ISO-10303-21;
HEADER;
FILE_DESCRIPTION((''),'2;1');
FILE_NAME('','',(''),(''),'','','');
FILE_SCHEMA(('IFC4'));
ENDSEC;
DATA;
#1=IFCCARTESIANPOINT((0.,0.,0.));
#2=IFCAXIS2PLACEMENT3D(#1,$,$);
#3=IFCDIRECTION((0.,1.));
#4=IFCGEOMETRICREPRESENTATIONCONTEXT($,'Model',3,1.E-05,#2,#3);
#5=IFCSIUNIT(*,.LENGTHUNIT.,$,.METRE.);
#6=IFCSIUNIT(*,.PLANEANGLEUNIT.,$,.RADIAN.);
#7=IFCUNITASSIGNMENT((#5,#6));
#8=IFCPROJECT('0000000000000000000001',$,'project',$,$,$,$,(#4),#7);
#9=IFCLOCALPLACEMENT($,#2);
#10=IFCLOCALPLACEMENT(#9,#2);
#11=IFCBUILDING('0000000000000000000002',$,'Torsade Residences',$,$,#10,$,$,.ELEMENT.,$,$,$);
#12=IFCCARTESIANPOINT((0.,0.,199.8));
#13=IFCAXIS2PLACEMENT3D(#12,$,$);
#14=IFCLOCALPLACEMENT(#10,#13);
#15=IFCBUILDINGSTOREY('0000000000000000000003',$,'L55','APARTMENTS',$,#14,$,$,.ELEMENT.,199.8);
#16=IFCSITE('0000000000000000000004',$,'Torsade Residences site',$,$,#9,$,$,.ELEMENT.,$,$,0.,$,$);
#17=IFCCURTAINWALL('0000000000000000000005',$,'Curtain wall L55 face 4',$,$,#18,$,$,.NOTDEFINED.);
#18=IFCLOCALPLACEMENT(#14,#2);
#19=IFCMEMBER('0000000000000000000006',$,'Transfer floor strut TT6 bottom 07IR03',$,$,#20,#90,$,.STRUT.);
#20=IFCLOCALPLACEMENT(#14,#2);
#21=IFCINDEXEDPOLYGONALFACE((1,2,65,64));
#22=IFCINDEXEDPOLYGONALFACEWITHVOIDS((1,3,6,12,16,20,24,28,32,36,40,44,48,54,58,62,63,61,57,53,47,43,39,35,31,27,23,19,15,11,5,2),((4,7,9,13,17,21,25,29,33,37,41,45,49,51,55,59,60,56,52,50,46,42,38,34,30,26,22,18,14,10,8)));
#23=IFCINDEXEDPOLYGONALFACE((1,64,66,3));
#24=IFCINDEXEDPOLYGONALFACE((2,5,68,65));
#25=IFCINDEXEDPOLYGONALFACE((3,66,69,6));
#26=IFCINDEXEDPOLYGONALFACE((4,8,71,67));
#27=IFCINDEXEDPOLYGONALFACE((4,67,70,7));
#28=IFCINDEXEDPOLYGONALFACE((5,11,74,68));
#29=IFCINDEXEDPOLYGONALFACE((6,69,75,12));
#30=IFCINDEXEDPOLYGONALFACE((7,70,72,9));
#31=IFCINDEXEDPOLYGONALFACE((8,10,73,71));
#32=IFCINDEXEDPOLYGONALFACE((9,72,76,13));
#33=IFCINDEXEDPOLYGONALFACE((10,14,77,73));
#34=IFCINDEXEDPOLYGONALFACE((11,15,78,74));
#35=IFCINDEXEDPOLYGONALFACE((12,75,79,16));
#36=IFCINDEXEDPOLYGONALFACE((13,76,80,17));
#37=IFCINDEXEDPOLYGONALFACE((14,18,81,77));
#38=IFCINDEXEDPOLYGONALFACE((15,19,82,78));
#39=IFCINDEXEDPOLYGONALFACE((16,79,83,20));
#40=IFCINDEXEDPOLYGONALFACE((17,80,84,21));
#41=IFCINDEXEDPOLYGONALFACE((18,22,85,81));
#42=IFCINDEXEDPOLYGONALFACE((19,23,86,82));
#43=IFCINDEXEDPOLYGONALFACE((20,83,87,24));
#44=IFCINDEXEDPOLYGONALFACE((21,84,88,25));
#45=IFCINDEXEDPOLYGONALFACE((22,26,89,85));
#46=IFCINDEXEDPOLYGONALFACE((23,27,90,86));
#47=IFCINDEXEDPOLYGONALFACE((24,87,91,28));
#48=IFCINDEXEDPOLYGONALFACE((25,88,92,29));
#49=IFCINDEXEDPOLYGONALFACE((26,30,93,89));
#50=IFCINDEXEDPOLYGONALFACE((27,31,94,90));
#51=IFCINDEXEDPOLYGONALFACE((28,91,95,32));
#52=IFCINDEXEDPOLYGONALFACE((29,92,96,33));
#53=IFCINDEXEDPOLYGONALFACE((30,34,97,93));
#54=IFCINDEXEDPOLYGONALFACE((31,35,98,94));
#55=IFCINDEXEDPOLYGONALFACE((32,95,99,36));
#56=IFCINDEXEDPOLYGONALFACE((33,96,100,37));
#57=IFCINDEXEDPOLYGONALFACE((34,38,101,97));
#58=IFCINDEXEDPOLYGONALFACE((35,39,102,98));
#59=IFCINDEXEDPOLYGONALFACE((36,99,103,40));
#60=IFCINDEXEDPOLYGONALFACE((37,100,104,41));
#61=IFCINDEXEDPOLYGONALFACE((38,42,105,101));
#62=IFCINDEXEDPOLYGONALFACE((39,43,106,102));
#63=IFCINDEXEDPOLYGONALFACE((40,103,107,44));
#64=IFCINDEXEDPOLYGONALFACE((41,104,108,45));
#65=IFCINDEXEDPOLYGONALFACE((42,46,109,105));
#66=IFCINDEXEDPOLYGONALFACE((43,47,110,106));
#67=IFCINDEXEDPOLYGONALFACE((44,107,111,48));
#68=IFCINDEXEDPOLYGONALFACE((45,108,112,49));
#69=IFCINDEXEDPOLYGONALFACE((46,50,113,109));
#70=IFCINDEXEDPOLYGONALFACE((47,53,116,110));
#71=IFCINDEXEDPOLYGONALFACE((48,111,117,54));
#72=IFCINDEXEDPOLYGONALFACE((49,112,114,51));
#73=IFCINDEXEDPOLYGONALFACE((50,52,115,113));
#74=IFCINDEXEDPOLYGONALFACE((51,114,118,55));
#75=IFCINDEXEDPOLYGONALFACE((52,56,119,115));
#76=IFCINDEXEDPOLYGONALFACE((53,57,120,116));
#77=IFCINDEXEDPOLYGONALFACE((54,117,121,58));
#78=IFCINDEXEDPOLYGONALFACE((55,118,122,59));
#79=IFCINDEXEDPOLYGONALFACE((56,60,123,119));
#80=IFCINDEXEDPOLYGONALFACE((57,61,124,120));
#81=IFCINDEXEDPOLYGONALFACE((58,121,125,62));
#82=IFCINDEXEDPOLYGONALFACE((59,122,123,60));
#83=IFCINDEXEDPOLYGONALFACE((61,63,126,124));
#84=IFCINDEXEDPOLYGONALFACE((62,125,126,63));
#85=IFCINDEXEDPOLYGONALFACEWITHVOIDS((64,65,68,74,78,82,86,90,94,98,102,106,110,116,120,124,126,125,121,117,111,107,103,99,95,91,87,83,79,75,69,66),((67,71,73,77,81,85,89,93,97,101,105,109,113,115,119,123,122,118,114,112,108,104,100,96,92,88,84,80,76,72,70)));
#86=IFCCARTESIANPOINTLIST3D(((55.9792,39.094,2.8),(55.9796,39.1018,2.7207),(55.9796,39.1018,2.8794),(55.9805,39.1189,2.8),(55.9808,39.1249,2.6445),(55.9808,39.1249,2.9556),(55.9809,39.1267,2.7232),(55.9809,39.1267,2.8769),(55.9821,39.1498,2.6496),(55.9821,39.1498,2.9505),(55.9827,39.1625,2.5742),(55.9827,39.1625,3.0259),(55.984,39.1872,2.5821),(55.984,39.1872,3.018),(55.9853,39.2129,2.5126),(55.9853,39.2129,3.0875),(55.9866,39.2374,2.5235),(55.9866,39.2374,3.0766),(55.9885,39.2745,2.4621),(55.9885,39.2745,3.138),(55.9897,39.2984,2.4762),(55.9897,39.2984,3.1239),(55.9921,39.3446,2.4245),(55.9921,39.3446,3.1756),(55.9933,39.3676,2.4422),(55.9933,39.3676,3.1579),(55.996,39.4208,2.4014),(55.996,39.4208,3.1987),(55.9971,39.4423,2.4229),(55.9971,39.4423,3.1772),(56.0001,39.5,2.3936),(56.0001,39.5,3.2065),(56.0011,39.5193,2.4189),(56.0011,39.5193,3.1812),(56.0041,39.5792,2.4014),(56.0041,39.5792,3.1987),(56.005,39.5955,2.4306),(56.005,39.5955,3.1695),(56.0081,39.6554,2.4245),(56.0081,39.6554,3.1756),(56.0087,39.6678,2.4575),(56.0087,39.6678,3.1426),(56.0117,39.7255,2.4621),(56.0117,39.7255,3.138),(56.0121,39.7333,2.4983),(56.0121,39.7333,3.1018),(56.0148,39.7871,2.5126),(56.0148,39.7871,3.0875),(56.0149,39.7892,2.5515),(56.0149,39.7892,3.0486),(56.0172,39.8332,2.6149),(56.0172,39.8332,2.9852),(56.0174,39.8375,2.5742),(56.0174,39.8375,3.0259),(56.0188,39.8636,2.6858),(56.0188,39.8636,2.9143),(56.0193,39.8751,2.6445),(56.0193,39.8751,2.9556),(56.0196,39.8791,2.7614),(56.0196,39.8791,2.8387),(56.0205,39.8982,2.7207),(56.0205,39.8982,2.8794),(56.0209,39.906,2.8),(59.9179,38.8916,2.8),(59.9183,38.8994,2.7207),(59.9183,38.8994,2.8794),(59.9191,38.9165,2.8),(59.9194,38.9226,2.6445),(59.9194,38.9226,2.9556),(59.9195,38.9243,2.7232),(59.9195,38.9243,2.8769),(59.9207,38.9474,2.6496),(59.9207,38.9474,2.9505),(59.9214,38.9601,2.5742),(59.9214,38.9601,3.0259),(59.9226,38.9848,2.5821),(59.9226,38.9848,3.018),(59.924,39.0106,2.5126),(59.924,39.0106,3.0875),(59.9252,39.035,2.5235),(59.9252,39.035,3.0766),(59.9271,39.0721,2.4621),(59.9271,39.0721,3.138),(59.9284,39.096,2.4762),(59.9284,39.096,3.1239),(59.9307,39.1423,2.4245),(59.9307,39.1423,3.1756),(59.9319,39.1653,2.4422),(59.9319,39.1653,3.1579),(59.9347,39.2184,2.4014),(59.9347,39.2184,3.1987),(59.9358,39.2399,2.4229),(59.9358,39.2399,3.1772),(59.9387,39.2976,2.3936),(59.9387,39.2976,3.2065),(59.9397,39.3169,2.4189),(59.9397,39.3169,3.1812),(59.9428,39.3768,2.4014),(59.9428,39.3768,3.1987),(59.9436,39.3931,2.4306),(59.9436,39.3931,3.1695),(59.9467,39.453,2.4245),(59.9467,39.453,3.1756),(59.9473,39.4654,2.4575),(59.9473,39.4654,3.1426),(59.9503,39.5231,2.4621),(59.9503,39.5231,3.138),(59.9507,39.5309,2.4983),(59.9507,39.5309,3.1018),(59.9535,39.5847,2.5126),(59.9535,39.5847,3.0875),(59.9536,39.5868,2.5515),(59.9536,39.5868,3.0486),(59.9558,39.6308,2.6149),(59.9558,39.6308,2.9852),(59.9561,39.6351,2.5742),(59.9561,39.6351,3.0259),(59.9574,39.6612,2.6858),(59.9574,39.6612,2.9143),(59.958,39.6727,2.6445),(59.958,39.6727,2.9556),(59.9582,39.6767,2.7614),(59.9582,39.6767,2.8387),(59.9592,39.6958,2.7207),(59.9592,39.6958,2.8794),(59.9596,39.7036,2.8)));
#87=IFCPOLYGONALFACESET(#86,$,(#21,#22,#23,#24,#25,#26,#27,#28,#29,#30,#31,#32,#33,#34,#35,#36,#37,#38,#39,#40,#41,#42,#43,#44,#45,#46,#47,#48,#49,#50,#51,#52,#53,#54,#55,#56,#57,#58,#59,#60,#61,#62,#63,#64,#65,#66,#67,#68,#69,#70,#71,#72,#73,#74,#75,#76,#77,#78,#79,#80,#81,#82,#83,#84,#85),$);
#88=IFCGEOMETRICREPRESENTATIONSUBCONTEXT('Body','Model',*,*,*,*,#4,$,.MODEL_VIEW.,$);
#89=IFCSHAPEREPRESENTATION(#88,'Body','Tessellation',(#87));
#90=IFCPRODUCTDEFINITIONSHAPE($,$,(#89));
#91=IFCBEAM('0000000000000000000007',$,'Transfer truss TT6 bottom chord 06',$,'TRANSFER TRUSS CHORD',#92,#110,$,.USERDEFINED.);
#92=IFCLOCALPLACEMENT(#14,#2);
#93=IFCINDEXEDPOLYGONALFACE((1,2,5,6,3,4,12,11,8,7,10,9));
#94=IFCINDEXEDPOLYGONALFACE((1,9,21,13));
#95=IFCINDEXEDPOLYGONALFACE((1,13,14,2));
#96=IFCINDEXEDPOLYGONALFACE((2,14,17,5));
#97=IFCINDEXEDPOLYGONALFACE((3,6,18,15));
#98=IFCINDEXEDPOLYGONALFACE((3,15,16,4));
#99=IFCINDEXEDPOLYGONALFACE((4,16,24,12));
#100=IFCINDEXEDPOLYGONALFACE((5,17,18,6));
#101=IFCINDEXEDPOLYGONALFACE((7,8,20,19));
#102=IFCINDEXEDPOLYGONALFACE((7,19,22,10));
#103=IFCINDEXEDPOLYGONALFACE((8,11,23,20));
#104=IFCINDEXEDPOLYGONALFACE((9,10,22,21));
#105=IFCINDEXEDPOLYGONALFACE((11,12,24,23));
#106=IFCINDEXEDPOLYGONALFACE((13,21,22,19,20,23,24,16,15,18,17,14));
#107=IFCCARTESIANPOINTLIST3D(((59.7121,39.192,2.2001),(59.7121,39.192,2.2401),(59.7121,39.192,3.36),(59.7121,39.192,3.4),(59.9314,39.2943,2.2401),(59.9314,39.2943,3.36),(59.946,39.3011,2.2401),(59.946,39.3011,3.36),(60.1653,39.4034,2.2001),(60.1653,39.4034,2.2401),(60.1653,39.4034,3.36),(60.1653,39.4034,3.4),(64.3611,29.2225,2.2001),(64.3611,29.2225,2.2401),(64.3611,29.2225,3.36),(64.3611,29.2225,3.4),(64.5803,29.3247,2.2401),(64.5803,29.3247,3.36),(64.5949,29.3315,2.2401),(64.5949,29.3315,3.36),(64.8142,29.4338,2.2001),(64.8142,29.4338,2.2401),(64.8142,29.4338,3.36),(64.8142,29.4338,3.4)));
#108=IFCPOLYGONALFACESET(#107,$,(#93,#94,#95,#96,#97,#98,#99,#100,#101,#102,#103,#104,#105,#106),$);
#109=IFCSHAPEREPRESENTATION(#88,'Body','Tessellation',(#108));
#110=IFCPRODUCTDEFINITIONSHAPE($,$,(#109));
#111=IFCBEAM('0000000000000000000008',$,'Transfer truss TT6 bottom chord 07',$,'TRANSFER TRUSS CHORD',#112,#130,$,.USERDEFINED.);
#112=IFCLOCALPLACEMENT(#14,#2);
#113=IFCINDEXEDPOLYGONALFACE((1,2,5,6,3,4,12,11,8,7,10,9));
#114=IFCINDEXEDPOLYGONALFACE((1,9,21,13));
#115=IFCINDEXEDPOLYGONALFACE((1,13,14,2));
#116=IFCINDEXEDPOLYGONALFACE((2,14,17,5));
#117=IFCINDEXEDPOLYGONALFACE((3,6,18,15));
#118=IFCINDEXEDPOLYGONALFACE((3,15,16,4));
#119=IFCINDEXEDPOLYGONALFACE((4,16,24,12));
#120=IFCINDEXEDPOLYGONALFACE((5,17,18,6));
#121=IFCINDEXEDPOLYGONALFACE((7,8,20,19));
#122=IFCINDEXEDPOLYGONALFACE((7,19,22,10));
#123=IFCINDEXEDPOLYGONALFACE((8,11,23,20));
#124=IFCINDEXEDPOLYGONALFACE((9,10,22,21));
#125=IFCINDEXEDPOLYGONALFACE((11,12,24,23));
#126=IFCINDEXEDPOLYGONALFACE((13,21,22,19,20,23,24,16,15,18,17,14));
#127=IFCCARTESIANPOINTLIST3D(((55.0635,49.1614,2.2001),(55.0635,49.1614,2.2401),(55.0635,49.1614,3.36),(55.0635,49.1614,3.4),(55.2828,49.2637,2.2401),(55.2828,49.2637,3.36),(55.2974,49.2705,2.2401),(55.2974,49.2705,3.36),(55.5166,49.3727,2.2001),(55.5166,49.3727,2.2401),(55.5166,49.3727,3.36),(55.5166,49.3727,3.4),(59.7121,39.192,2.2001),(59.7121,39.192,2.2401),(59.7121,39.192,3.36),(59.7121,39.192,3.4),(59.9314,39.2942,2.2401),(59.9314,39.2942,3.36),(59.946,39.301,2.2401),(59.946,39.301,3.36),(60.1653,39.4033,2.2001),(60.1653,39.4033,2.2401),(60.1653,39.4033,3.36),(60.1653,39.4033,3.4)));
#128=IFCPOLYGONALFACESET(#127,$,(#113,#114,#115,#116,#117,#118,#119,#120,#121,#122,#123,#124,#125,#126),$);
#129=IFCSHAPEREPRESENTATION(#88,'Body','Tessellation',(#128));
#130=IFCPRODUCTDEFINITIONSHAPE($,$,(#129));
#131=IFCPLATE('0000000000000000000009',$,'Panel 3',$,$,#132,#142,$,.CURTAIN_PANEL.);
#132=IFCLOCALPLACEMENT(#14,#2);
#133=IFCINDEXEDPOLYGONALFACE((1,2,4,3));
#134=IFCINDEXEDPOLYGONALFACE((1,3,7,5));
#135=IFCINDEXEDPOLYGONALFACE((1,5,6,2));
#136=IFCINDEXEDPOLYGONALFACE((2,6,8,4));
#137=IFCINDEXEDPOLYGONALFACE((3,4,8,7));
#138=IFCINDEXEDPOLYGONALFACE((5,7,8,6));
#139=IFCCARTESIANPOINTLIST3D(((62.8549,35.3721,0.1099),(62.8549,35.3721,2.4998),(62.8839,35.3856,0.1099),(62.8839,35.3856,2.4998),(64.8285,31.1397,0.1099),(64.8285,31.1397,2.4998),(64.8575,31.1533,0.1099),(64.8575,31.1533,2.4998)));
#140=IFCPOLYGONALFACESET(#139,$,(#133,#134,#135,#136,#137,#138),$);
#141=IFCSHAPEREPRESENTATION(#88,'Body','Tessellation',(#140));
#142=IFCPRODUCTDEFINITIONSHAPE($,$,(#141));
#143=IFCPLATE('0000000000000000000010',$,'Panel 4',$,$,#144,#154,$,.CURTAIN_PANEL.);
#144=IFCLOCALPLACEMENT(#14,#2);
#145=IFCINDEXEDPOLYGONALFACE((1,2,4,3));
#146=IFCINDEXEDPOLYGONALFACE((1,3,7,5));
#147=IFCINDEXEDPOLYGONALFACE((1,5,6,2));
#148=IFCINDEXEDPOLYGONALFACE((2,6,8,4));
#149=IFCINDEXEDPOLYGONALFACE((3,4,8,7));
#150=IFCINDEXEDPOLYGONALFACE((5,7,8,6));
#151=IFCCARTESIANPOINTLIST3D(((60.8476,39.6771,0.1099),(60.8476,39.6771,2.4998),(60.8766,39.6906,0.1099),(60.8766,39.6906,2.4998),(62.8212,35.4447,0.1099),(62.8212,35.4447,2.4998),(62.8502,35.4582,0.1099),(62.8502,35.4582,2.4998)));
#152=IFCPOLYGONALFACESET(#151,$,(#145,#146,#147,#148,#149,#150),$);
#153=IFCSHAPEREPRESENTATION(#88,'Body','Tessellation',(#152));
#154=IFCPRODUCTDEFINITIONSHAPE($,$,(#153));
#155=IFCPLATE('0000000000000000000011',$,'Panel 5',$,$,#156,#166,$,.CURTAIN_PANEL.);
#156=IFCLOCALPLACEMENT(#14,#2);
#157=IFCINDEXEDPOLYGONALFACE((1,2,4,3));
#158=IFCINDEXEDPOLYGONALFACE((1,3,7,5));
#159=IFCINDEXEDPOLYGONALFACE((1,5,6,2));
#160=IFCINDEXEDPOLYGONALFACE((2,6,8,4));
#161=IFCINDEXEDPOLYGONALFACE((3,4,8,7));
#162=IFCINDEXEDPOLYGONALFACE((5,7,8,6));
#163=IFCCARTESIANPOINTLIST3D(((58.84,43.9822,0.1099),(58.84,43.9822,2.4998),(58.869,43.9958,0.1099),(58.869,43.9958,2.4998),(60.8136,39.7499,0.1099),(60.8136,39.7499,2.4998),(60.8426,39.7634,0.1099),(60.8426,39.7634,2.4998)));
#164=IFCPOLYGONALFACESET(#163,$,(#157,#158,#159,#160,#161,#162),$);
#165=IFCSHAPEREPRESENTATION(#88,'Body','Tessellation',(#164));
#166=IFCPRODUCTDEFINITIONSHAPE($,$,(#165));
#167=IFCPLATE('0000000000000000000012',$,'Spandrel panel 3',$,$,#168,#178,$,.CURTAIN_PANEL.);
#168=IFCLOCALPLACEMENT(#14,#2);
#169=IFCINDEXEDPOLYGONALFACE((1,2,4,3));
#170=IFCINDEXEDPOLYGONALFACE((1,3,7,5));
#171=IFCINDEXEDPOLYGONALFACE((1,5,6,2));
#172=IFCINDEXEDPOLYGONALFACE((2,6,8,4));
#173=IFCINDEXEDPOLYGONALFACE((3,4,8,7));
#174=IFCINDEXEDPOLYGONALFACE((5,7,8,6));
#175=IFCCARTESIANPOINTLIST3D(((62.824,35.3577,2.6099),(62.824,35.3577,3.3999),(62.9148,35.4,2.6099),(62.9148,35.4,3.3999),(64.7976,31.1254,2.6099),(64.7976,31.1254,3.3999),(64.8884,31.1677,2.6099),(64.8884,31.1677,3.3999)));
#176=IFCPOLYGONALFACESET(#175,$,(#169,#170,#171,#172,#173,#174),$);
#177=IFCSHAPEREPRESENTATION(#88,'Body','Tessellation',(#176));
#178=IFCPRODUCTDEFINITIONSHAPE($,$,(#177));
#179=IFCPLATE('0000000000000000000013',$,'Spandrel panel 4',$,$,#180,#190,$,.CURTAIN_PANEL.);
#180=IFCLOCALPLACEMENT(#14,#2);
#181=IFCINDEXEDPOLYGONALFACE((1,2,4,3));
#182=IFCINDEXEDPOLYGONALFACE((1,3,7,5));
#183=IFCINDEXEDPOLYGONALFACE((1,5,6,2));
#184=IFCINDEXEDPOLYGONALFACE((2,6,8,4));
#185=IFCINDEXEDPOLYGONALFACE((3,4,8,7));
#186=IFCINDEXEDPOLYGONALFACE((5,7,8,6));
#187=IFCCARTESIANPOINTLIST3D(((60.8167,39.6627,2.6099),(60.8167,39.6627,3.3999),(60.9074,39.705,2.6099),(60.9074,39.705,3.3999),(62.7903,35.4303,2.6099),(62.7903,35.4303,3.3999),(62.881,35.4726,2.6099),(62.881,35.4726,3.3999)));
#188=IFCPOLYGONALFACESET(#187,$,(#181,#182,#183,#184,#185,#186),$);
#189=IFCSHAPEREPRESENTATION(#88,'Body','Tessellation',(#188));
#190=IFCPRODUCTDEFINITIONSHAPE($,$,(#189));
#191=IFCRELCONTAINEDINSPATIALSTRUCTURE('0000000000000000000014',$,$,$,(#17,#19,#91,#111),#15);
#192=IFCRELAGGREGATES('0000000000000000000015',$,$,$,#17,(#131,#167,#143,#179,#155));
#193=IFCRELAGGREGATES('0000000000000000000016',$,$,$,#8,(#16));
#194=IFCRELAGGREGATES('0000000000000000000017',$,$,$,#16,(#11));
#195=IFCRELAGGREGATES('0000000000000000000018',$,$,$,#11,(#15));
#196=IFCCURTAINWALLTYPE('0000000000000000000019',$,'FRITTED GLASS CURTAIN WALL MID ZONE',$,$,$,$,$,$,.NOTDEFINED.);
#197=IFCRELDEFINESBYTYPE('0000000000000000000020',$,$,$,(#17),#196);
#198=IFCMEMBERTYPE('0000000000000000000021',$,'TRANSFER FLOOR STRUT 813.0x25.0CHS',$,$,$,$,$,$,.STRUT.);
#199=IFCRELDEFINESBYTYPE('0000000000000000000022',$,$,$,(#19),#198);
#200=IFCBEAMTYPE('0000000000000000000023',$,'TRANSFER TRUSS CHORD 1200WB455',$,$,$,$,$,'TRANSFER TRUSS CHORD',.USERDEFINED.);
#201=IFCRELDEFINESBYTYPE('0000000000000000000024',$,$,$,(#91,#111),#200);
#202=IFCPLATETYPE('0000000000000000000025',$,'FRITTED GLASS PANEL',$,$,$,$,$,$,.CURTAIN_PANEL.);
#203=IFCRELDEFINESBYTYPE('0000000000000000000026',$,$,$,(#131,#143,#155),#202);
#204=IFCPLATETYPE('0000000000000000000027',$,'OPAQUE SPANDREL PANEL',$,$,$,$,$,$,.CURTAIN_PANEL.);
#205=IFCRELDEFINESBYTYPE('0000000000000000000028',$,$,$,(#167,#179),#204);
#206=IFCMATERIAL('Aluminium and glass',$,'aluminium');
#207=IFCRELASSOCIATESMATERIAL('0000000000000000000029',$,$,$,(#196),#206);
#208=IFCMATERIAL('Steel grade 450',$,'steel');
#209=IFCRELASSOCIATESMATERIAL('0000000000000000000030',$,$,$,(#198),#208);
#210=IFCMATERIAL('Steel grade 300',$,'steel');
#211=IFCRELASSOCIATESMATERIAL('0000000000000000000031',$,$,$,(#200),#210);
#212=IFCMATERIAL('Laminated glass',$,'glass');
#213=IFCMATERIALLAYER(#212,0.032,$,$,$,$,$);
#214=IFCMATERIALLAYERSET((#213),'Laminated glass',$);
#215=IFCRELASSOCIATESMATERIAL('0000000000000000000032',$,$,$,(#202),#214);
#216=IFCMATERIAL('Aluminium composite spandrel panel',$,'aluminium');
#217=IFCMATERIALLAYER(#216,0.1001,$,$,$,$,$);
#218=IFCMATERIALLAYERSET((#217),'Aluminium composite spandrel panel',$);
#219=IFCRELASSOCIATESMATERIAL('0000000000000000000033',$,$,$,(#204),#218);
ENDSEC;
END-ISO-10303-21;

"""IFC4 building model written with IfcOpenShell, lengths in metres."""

from ifc_helpers import new_model, si_unit, direction, frame, origin, origin_2d, place, context, subcontext, project, spatial, rectangle, hollow_circle, i_section, extrude, material, layer, layer_set, material_profile, profile_set, type_object, element, aggregate, save


model = new_model("IFC4")

# Units and contexts
model_context = context("Model", 3, precision=1e-05, world=origin(), true_north=direction((0.0, 1.0)))
body_context = subcontext(model_context, "Body", "Model", "MODEL_VIEW")
ifc_project = project(units=[si_unit("LENGTHUNIT", "METRE"), si_unit("PLANEANGLEUNIT", "RADIAN")], contexts=[model_context])

# Site, building, storey
site_placement = place(None, origin())
site = spatial("IfcSite", under=ifc_project, at=site_placement, Name="Torsade Residences site", CompositionType="ELEMENT", RefElevation=0.0)
building_placement = place(site_placement, origin())
building = spatial("IfcBuilding", under=site, at=building_placement, Name="Torsade Residences", CompositionType="ELEMENT")
storey_placement = place(building_placement, frame((0.0, 0.0, 199.8)))
storey = spatial("IfcBuildingStorey", under=building, at=storey_placement, Name="L55", Description="APARTMENTS", CompositionType="ELEMENT", Elevation=199.8)

# Curtain wall
ifc_material_1 = material(Name="Aluminium and glass", Category="aluminium")
curtain_wall_type = type_object("IfcCurtainWallType", Name="FRITTED GLASS CURTAIN WALL MID ZONE", PredefinedType="NOTDEFINED", material=ifc_material_1)
curtain_wall_placement = place(storey_placement, origin())
curtain_wall = element("IfcCurtainWall", 1, at=curtain_wall_placement, inside=storey, type_object=curtain_wall_type, Name="Curtain wall L55 face 4", PredefinedType="NOTDEFINED")

# Member
ifc_material_2 = material(Name="Steel grade 450", Category="steel")
ifc_material_profile_1 = material_profile(ifc_material_2, hollow_circle(Radius=0.4065, WallThickness=0.0249, at=origin_2d()), Name="813.0x25.0CHS")
ifc_profile_set_1 = profile_set([ifc_material_profile_1], Name="Steel grade 450")
member_type_1 = type_object("IfcMemberType", Name="TRANSFER FLOOR STRUT 813.0x25.0CHS", PredefinedType="STRUT", material=ifc_profile_set_1)
member_1_placement = place(storey_placement, frame((59.9387, 39.2976, 2.8), z_axis=(-0.998682, 0.051318, 0.0), x_axis=(-0.051318, -0.998682, 0.0)))
element("IfcMember", 2, at=member_1_placement, inside=storey, type_object=member_type_1, Name="Transfer floor strut TT6 bottom 07IR03", PredefinedType="STRUT", context=body_context, shape_type="SweptSolid", body=[
    extrude(hollow_circle(Radius=0.4065, WallThickness=0.0249, at=origin_2d()), origin(), (0.0, 0.0, 1.0), 3.9438),
])

# Beams
ifc_material_3 = material(Name="Steel grade 300", Category="steel")
ifc_material_profile_2 = material_profile(ifc_material_3, i_section(OverallWidth=0.5, OverallDepth=1.2, WebThickness=0.0161, FlangeThickness=0.04, at=origin_2d()), Name="1200WB455")
ifc_profile_set_2 = profile_set([ifc_material_profile_2], Name="Steel grade 300")
beam_type_1 = type_object("IfcBeamType", Name="TRANSFER TRUSS CHORD 1200WB455", ElementType="TRANSFER TRUSS CHORD", PredefinedType="USERDEFINED", material=ifc_profile_set_2)
beam_1_placement = place(storey_placement, frame((64.5876, 29.3281, 2.8), z_axis=(-0.422624, 0.906305, 0.0), x_axis=(-0.906305, -0.422624, 0.0)))
element("IfcBeam", 3, at=beam_1_placement, inside=storey, type_object=beam_type_1, Name="Transfer truss TT6 bottom chord 06", ObjectType="TRANSFER TRUSS CHORD", PredefinedType="USERDEFINED", context=body_context, shape_type="SweptSolid", body=[
    extrude(i_section(OverallWidth=0.5, OverallDepth=1.2, WebThickness=0.0161, FlangeThickness=0.04, at=origin_2d()), origin(), (0.0, 0.0, 1.0), 11.0002),
])
beam_2_placement = place(storey_placement, frame((59.9387, 39.2976, 2.8), z_axis=(-0.422606, 0.906314, 0.0), x_axis=(-0.906314, -0.422606, 0.0)))
element("IfcBeam", 4, at=beam_2_placement, inside=storey, type_object=beam_type_1, Name="Transfer truss TT6 bottom chord 07", ObjectType="TRANSFER TRUSS CHORD", PredefinedType="USERDEFINED", context=body_context, shape_type="SweptSolid", body=[
    extrude(i_section(OverallWidth=0.5, OverallDepth=1.2, WebThickness=0.0161, FlangeThickness=0.04, at=origin_2d()), origin(), (0.0, 0.0, 1.0), 11.0),
])

# Plates
ifc_material_4 = material(Name="Laminated glass", Category="glass")
ifc_layer_1 = layer(ifc_material_4, 0.032)
ifc_layer_set_1 = layer_set([ifc_layer_1], Name="Laminated glass")
plate_type_1 = type_object("IfcPlateType", Name="FRITTED GLASS PANEL", PredefinedType="CURTAIN_PANEL", material=ifc_layer_set_1)
plate_1_placement = place(storey_placement, frame((63.8562, 33.2627, 0.1099), z_axis=(0.0, 0.0, 1.0), x_axis=(-0.422618, 0.906308, 0.0)))
plate_1 = element("IfcPlate", 5, at=plate_1_placement, type_object=plate_type_1, Name="Panel 3", PredefinedType="CURTAIN_PANEL", context=body_context, shape_type="SweptSolid", body=[
    extrude(rectangle(XDim=4.6699, YDim=0.032, at=origin_2d()), origin(), (0.0, 0.0, 1.0), 2.3899),
])
plate_2_placement = place(storey_placement, frame((61.8489, 37.5676, 0.1099), z_axis=(0.0, 0.0, 1.0), x_axis=(-0.422618, 0.906308, 0.0)))
plate_2 = element("IfcPlate", 6, at=plate_2_placement, type_object=plate_type_1, Name="Panel 4", PredefinedType="CURTAIN_PANEL", context=body_context, shape_type="SweptSolid", body=[
    extrude(rectangle(XDim=4.6699, YDim=0.032, at=origin_2d()), origin(), (0.0, 0.0, 1.0), 2.3899),
])
plate_3_placement = place(storey_placement, frame((59.8413, 41.8728, 0.1099), z_axis=(0.0, 0.0, 1.0), x_axis=(-0.422618, 0.906308, 0.0)))
plate_3 = element("IfcPlate", 7, at=plate_3_placement, type_object=plate_type_1, Name="Panel 5", PredefinedType="CURTAIN_PANEL", context=body_context, shape_type="SweptSolid", body=[
    extrude(rectangle(XDim=4.6699, YDim=0.032, at=origin_2d()), origin(), (0.0, 0.0, 1.0), 2.3899),
])
ifc_material_5 = material(Name="Aluminium composite spandrel panel", Category="aluminium")
ifc_layer_2 = layer(ifc_material_5, 0.1001)
ifc_layer_set_2 = layer_set([ifc_layer_2], Name="Aluminium composite spandrel panel")
plate_type_2 = type_object("IfcPlateType", Name="OPAQUE SPANDREL PANEL", PredefinedType="CURTAIN_PANEL", material=ifc_layer_set_2)
plate_4_placement = place(storey_placement, frame((63.8562, 33.2627, 2.6099), z_axis=(0.0, 0.0, 1.0), x_axis=(-0.422618, 0.906308, 0.0)))
plate_4 = element("IfcPlate", 8, at=plate_4_placement, type_object=plate_type_2, Name="Spandrel panel 3", PredefinedType="CURTAIN_PANEL", context=body_context, shape_type="SweptSolid", body=[
    extrude(rectangle(XDim=4.6699, YDim=0.1001, at=origin_2d()), origin(), (0.0, 0.0, 1.0), 0.79),
])
plate_5_placement = place(storey_placement, frame((61.8489, 37.5676, 2.6099), z_axis=(0.0, 0.0, 1.0), x_axis=(-0.422618, 0.906308, 0.0)))
plate_5 = element("IfcPlate", 9, at=plate_5_placement, type_object=plate_type_2, Name="Spandrel panel 4", PredefinedType="CURTAIN_PANEL", context=body_context, shape_type="SweptSolid", body=[
    extrude(rectangle(XDim=4.6699, YDim=0.1001, at=origin_2d()), origin(), (0.0, 0.0, 1.0), 0.79),
])
aggregate(curtain_wall, [plate_1, plate_4, plate_2, plate_5, plate_3])

save(model, "model.ifc")
